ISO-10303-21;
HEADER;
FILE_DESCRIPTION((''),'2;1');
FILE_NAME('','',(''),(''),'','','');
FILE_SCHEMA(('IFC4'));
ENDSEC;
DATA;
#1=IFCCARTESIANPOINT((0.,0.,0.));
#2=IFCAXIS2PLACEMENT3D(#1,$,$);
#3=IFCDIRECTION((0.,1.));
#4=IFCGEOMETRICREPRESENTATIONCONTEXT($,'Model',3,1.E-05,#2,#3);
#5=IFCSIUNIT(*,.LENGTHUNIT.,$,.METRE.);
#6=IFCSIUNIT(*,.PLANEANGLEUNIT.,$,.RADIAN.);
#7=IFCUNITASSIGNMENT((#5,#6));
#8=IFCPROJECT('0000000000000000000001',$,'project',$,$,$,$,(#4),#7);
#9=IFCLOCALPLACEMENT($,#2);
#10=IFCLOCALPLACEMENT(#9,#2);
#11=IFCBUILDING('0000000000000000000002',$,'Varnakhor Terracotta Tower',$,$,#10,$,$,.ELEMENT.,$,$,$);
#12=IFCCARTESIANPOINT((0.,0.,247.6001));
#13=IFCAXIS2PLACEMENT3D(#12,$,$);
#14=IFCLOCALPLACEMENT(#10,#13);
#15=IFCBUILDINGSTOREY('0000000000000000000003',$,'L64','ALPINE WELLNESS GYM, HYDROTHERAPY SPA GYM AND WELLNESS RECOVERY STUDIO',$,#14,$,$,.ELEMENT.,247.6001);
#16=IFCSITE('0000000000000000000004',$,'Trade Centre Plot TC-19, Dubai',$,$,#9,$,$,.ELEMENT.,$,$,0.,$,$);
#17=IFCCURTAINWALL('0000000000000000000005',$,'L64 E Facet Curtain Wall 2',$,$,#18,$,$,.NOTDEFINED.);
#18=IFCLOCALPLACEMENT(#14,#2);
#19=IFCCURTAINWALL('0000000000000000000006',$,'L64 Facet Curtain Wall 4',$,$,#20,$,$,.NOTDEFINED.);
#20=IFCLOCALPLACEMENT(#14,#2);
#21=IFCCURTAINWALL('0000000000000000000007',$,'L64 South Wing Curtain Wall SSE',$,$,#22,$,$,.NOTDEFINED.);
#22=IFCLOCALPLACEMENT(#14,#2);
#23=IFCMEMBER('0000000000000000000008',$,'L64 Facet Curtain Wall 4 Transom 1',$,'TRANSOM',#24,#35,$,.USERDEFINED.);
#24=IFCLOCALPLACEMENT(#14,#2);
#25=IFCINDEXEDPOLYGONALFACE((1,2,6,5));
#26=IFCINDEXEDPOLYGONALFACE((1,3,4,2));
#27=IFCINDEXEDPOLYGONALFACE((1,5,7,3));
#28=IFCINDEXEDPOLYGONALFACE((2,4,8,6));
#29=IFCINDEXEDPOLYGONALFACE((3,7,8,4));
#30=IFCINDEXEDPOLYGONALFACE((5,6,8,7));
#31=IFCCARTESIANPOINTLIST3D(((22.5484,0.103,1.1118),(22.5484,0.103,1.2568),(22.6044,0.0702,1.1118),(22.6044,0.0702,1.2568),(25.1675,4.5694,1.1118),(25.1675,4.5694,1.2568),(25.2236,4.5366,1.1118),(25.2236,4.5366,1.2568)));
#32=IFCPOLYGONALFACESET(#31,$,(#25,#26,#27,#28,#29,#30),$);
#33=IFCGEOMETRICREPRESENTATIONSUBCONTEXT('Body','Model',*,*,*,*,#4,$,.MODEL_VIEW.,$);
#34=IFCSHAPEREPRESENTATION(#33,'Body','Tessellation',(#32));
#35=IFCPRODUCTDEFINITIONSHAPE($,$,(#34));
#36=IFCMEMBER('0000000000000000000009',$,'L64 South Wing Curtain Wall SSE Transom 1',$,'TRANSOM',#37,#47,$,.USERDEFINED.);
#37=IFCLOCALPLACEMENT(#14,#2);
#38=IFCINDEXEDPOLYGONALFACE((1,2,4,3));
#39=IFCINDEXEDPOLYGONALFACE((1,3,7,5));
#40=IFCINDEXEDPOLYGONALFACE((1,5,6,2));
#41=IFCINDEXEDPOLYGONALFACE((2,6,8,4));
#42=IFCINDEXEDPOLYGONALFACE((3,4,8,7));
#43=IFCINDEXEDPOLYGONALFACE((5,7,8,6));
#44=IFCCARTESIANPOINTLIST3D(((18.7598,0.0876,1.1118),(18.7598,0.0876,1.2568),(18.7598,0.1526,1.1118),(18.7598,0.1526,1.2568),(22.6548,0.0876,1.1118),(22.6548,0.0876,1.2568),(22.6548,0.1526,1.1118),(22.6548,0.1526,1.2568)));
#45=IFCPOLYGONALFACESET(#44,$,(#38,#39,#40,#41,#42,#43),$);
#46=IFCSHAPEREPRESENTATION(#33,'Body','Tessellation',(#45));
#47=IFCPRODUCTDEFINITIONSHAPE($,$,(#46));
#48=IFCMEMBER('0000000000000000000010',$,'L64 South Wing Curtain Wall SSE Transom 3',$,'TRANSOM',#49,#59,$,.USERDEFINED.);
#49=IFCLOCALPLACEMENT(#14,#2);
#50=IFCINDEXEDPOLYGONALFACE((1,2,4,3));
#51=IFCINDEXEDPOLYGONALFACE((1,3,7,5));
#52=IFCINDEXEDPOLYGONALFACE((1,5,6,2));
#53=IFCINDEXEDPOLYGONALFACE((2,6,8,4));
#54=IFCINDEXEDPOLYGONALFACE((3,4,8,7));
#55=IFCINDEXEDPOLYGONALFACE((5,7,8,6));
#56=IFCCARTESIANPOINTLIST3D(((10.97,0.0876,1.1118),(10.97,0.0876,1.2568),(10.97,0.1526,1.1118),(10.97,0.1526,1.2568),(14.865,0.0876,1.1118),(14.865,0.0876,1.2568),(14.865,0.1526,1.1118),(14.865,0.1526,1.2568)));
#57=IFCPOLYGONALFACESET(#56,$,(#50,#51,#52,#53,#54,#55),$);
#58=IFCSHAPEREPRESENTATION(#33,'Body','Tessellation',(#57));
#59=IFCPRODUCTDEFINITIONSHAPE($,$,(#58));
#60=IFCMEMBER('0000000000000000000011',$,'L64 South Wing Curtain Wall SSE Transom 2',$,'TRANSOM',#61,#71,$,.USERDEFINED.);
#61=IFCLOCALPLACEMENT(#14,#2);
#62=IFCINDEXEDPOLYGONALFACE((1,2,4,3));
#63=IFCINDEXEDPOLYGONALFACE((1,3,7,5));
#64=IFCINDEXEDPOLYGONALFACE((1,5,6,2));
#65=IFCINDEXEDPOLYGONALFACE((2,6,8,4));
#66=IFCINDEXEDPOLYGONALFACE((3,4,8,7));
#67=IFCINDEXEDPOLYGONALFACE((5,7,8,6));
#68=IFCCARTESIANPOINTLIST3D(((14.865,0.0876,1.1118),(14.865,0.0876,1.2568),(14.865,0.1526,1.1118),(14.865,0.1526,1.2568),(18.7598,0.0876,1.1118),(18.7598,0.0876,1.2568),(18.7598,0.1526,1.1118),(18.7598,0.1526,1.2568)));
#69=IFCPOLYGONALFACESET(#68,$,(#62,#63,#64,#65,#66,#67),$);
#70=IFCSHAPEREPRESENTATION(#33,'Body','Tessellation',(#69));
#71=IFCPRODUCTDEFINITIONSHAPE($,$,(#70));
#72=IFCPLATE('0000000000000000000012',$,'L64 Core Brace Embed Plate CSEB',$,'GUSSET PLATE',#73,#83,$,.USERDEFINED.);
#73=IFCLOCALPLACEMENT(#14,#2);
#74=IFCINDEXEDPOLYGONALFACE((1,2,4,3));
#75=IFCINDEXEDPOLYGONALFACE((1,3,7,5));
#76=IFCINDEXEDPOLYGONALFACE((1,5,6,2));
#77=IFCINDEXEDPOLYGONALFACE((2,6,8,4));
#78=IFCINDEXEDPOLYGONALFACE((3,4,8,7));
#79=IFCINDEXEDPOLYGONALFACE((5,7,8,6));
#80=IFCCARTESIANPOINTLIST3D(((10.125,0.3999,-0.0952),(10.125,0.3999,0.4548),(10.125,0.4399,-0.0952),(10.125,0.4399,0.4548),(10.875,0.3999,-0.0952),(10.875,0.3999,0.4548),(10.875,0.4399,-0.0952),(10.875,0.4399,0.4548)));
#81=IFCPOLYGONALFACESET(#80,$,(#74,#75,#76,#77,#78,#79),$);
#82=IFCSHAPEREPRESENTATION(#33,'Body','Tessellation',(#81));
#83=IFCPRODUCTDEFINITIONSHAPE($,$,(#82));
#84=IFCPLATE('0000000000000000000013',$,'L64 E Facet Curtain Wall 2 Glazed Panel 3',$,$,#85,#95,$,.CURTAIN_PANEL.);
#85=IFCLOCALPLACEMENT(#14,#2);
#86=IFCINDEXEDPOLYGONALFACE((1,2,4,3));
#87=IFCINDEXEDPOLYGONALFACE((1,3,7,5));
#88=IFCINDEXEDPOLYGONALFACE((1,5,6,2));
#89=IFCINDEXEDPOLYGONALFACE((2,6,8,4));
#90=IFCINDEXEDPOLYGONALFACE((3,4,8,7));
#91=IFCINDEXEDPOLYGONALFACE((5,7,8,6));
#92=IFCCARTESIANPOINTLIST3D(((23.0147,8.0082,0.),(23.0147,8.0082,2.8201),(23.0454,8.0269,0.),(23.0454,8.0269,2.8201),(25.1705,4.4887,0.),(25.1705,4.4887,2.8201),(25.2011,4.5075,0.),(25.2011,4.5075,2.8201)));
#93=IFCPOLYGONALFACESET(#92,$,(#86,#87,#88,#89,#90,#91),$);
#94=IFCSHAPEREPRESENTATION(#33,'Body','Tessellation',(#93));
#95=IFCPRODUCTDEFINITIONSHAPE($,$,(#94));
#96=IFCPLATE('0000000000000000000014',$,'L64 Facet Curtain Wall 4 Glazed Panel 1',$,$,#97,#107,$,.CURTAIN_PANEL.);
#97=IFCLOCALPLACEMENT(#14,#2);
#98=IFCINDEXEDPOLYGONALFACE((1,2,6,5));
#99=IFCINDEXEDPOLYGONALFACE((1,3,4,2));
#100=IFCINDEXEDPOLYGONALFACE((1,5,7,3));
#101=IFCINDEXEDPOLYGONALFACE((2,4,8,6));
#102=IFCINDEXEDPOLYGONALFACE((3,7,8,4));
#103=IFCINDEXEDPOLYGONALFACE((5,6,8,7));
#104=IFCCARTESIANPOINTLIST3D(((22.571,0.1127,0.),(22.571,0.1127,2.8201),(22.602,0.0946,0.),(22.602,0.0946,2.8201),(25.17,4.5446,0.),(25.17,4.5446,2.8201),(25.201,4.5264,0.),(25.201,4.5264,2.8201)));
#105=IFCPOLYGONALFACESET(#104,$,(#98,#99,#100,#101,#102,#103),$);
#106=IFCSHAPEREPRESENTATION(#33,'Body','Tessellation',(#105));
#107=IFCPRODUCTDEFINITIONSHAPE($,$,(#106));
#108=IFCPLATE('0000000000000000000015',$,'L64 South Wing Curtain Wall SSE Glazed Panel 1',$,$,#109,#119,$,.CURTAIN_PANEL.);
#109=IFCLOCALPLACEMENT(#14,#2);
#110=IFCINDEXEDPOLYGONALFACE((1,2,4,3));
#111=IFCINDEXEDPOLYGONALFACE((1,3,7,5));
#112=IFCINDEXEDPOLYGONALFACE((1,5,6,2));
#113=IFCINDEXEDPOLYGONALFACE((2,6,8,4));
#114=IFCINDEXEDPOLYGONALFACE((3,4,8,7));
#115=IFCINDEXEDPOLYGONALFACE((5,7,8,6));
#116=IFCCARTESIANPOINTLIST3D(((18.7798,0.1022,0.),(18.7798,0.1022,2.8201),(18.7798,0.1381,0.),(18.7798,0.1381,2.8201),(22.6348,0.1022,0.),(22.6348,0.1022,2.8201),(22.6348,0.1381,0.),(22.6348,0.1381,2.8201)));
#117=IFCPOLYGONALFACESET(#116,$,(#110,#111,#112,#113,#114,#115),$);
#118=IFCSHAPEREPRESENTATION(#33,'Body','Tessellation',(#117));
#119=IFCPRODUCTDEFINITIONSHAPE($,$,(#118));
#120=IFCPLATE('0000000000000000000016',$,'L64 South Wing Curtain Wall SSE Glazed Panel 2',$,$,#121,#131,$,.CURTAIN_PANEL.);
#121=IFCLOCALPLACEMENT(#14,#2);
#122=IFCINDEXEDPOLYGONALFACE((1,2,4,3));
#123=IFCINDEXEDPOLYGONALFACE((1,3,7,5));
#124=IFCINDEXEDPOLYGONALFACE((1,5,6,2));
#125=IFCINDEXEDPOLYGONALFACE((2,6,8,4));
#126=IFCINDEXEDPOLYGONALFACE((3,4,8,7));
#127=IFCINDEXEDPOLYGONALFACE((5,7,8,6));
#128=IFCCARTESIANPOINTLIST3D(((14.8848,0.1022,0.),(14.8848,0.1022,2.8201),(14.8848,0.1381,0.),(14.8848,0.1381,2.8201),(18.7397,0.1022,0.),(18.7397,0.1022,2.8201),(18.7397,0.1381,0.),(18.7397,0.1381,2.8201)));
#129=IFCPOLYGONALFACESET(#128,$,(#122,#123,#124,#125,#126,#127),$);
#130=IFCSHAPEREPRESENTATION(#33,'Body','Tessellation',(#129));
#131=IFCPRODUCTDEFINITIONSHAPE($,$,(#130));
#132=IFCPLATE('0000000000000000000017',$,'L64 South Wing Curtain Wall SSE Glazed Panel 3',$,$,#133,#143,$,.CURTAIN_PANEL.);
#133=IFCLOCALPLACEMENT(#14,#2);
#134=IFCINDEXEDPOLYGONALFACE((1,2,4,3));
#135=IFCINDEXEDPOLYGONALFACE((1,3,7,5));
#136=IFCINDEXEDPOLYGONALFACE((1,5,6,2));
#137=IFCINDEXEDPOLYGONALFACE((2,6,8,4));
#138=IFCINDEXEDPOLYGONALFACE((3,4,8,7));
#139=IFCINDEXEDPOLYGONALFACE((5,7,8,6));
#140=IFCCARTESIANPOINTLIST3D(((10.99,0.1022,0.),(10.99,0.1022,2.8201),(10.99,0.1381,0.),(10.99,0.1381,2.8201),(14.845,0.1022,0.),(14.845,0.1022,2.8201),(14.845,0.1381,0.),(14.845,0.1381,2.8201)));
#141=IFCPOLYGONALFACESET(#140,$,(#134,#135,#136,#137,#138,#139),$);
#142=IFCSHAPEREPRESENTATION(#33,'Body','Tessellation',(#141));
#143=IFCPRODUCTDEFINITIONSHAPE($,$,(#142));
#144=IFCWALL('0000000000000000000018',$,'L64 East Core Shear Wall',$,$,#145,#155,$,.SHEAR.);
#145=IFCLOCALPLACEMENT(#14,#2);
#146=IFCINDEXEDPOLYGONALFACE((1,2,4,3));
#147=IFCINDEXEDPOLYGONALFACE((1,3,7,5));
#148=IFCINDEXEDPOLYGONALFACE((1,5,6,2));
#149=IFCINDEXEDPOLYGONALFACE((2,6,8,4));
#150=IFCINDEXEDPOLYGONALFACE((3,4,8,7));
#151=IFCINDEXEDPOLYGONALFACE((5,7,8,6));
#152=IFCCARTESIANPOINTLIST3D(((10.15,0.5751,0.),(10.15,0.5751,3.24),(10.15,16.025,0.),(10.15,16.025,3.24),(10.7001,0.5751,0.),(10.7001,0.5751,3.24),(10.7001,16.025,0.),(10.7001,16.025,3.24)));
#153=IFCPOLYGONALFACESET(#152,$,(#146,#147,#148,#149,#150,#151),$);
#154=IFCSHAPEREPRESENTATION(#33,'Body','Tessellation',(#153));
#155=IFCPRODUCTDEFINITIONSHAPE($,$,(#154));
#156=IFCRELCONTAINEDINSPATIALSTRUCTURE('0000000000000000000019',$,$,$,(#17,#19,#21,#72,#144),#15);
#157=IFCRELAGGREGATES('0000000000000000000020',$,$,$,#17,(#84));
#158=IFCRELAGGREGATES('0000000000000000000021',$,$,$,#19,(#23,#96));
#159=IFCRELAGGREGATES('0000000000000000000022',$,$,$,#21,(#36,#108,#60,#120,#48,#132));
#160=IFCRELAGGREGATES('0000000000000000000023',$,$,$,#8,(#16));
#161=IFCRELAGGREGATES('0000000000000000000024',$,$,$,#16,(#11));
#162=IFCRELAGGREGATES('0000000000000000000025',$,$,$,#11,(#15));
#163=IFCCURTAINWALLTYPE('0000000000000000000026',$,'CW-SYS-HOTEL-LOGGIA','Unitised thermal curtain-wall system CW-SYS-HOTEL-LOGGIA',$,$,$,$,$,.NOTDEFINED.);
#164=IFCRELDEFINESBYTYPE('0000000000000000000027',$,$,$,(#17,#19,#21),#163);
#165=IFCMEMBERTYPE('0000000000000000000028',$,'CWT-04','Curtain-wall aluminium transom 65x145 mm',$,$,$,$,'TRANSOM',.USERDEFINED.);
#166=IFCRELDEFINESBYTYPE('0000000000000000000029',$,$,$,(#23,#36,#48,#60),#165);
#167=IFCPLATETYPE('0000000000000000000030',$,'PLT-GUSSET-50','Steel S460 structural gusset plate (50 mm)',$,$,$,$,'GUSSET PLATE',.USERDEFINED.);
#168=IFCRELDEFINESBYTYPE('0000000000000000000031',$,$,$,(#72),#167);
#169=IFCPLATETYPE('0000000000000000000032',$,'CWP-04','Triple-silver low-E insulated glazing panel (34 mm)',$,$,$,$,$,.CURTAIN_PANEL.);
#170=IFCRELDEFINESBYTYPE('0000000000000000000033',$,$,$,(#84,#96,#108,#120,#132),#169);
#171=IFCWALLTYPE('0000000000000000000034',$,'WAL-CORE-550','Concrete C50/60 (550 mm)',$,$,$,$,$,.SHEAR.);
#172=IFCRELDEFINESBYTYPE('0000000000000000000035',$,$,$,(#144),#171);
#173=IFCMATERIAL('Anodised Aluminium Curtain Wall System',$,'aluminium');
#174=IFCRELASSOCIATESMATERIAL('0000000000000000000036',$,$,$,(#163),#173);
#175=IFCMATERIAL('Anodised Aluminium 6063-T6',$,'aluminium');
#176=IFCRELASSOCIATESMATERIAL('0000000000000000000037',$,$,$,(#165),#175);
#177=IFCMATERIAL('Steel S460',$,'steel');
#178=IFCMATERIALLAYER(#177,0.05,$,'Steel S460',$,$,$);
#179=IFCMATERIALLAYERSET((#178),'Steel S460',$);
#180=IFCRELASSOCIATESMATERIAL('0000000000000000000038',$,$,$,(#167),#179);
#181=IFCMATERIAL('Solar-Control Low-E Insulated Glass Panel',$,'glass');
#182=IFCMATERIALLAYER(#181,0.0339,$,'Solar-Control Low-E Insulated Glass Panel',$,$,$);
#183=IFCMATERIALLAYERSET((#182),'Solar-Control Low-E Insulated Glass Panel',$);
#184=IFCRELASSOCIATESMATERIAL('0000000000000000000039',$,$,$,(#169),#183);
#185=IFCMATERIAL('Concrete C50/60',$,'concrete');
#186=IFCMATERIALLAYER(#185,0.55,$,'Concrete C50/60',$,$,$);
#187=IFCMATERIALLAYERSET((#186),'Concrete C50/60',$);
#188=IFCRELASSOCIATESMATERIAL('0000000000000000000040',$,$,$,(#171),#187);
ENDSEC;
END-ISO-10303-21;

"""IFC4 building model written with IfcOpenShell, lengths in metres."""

from ifc_helpers import new_model, si_unit, direction, frame, frame_2d, origin, origin_2d, place, context, subcontext, project, spatial, rectangle, extrude, source, transform, mapped, material, layer, layer_set, material_profile, profile_set, type_object, type_shapes, element, aggregate, save


model = new_model("IFC4")

# Units and contexts
model_context = context("Model", 3, precision=1e-05, world=origin(), true_north=direction((0.0, 1.0)))
body_context = subcontext(model_context, "Body", "Model", "MODEL_VIEW")
ifc_project = project(units=[si_unit("LENGTHUNIT", "METRE"), si_unit("PLANEANGLEUNIT", "RADIAN")], contexts=[model_context])

# Site, building, storey
site_placement = place(None, origin())
site = spatial("IfcSite", under=ifc_project, at=site_placement, Name="Trade Centre Plot TC-19, Dubai", CompositionType="ELEMENT", RefElevation=0.0)
building_placement = place(site_placement, origin())
building = spatial("IfcBuilding", under=site, at=building_placement, Name="Varnakhor Terracotta Tower", CompositionType="ELEMENT")
storey_placement = place(building_placement, frame((0.0, 0.0, 247.6001)))
storey = spatial("IfcBuildingStorey", under=building, at=storey_placement, Name="L64", Description="ALPINE WELLNESS GYM, HYDROTHERAPY SPA GYM AND WELLNESS RECOVERY STUDIO", CompositionType="ELEMENT", Elevation=247.6001)

# Shared definitions
ifc_material_1 = material(Name="Concrete C50/60", Category="concrete")
ifc_material_2 = material(Name="Steel S460", Category="steel")

# Curtain walls
ifc_material_3 = material(Name="Anodised Aluminium Curtain Wall System", Category="aluminium")
curtain_wall_type = type_object("IfcCurtainWallType", Name="CW-SYS-HOTEL-LOGGIA", Description="Unitised thermal curtain-wall system CW-SYS-HOTEL-LOGGIA", PredefinedType="NOTDEFINED", material=ifc_material_3)
curtain_wall_1_placement = place(storey_placement, origin())
curtain_wall_1 = element("IfcCurtainWall", 1, at=curtain_wall_1_placement, inside=storey, type_object=curtain_wall_type, Name="L64 E Facet Curtain Wall 2", PredefinedType="NOTDEFINED")
ifc_material_4 = material(Name="Anodised Aluminium 6063-T6", Category="aluminium")
curtain_wall_2_placement = place(storey_placement, origin())
curtain_wall_2 = element("IfcCurtainWall", 2, at=curtain_wall_2_placement, inside=storey, type_object=curtain_wall_type, Name="L64 Facet Curtain Wall 4", PredefinedType="NOTDEFINED")

# Curtain wall
curtain_wall_3_placement = place(storey_placement, origin())
curtain_wall_3 = element("IfcCurtainWall", 3, at=curtain_wall_3_placement, inside=storey, type_object=curtain_wall_type, Name="L64 South Wing Curtain Wall SSE", PredefinedType="NOTDEFINED")

# Members
ifc_material_profile_1 = material_profile(ifc_material_4, rectangle(XDim=0.0649, YDim=0.145, at=origin_2d()), Name="ALU TRANSOM 65x145")
ifc_profile_set_1 = profile_set([ifc_material_profile_1], Name="Anodised Aluminium 6063-T6")
member_type_1 = type_object("IfcMemberType", Name="CWT-04", Description="Curtain-wall aluminium transom 65x145 mm", ElementType="TRANSOM", PredefinedType="USERDEFINED", material=ifc_profile_set_1)
shared_shape_1 = source(origin(), body_context, "Body", "SweptSolid", [
    extrude(rectangle(XDim=0.0649, YDim=0.145, at=origin_2d()), origin(), (0.0, 0.0, 1.0), 5.1777),
])
member_1_placement = place(storey_placement, frame((25.1956, 4.553, 1.1843), z_axis=(-0.505857, -0.862617, 0.0), x_axis=(0.862617, -0.505857, 0.0)))
member_1 = element("IfcMember", 4, at=member_1_placement, type_object=member_type_1, Name="L64 Facet Curtain Wall 4 Transom 1", ObjectType="TRANSOM", PredefinedType="USERDEFINED", context=body_context, shape_type="MappedRepresentation", body=[
    mapped(shared_shape_1, transform((0.0, 0.0, 0.0), scale=1.0)),
])
shared_shape_2 = source(origin(), body_context, "Body", "SweptSolid", [
    extrude(rectangle(XDim=0.0649, YDim=0.145, at=origin_2d()), origin(), (0.0, 0.0, 1.0), 3.895),
])
member_2_placement = place(storey_placement, frame((22.6548, 0.1201, 1.1843), z_axis=(-1.0, 0.0, 0.0), x_axis=(0.0, -1.0, 0.0)))
member_2 = element("IfcMember", 5, at=member_2_placement, type_object=member_type_1, Name="L64 South Wing Curtain Wall SSE Transom 1", ObjectType="TRANSOM", PredefinedType="USERDEFINED", context=body_context, shape_type="MappedRepresentation", body=[
    mapped(shared_shape_2, transform((0.0, 0.0, 0.0), scale=1.0)),
])
member_3_placement = place(storey_placement, frame((14.865, 0.1201, 1.1843), z_axis=(-1.0, 0.0, 0.0), x_axis=(0.0, -1.0, 0.0)))
member_3 = element("IfcMember", 6, at=member_3_placement, type_object=member_type_1, Name="L64 South Wing Curtain Wall SSE Transom 3", ObjectType="TRANSOM", PredefinedType="USERDEFINED", context=body_context, shape_type="MappedRepresentation", body=[
    mapped(shared_shape_2, transform((0.0, 0.0, 0.0), scale=1.0)),
])
shared_shape_3 = source(origin(), body_context, "Body", "SweptSolid", [
    extrude(rectangle(XDim=0.0649, YDim=0.145, at=origin_2d()), origin(), (0.0, 0.0, 1.0), 3.8948),
])
member_4_placement = place(storey_placement, frame((18.7598, 0.1201, 1.1843), z_axis=(-1.0, 0.0, 0.0), x_axis=(0.0, -1.0, 0.0)))
member_4 = element("IfcMember", 7, at=member_4_placement, type_object=member_type_1, Name="L64 South Wing Curtain Wall SSE Transom 2", ObjectType="TRANSOM", PredefinedType="USERDEFINED", context=body_context, shape_type="MappedRepresentation", body=[
    mapped(shared_shape_3, transform((0.0, 0.0, 0.0), scale=1.0)),
])

# Plates
ifc_layer_1 = layer(ifc_material_2, 0.05, Name="Steel S460")
ifc_layer_set_1 = layer_set([ifc_layer_1], Name="Steel S460")
plate_type_1 = type_object("IfcPlateType", Name="PLT-GUSSET-50", Description="Steel S460 structural gusset plate (50 mm)", ElementType="GUSSET PLATE", PredefinedType="USERDEFINED", material=ifc_layer_set_1)
shared_shape_4 = source(origin(), body_context, "Body", "SweptSolid", [
    extrude(rectangle(XDim=0.75, YDim=0.04, at=origin_2d()), origin(), (0.0, 0.0, 1.0), 0.55),
])
type_shapes(plate_type_1, [shared_shape_4])
plate_1_placement = place(storey_placement, frame((10.5, 0.4199, -0.0952), z_axis=(0.0, 0.0, 1.0), x_axis=(1.0, 0.0, 0.0)))
element("IfcPlate", 8, at=plate_1_placement, inside=storey, type_object=plate_type_1, Name="L64 Core Brace Embed Plate CSEB", ObjectType="GUSSET PLATE", PredefinedType="USERDEFINED", context=body_context, shape_type="MappedRepresentation", body=[
    mapped(shared_shape_4, transform((0.0, 0.0, 0.0), scale=1.0)),
])
ifc_material_5 = material(Name="Solar-Control Low-E Insulated Glass Panel", Category="glass")
ifc_layer_2 = layer(ifc_material_5, 0.0339, Name="Solar-Control Low-E Insulated Glass Panel")
ifc_layer_set_2 = layer_set([ifc_layer_2], Name="Solar-Control Low-E Insulated Glass Panel")
plate_type_2 = type_object("IfcPlateType", Name="CWP-04", Description="Triple-silver low-E insulated glazing panel (34 mm)", PredefinedType="CURTAIN_PANEL", material=ifc_layer_set_2)
shared_shape_5 = source(origin(), body_context, "Body", "SweptSolid", [
    extrude(rectangle(XDim=4.1272, YDim=0.0359, at=origin_2d()), origin(), (0.0, 0.0, 1.0), 2.8201),
])
plate_2_placement = place(storey_placement, frame((24.1079, 6.2578, 0.0), z_axis=(0.0, 0.0, 1.0), x_axis=(0.52232, -0.85275, 0.0)))
plate_2 = element("IfcPlate", 9, at=plate_2_placement, type_object=plate_type_2, Name="L64 E Facet Curtain Wall 2 Glazed Panel 3", PredefinedType="CURTAIN_PANEL", context=body_context, shape_type="MappedRepresentation", body=[
    mapped(shared_shape_5, transform((0.0, 0.0, 0.0), scale=1.0)),
])
aggregate(curtain_wall_1, [plate_2])
shared_shape_6 = source(origin(), body_context, "Body", "SweptSolid", [
    extrude(rectangle(XDim=5.1377, YDim=0.0359, at=origin_2d()), origin(), (0.0, 0.0, 1.0), 2.8201),
])
plate_3_placement = place(storey_placement, frame((23.886, 2.3196, 0.0), z_axis=(0.0, 0.0, 1.0), x_axis=(-0.505868, -0.862611, 0.0)))
plate_3 = element("IfcPlate", 10, at=plate_3_placement, type_object=plate_type_2, Name="L64 Facet Curtain Wall 4 Glazed Panel 1", PredefinedType="CURTAIN_PANEL", context=body_context, shape_type="MappedRepresentation", body=[
    mapped(shared_shape_6, transform((0.0, 0.0, 0.0), scale=1.0)),
])
aggregate(curtain_wall_2, [member_1, plate_3])
shared_shape_7 = source(origin(), body_context, "Body", "SweptSolid", [
    extrude(rectangle(XDim=3.855, YDim=0.0359, at=origin_2d()), origin(), (0.0, 0.0, 1.0), 2.8201),
])
plate_4_placement = place(storey_placement, frame((20.7073, 0.1201, 0.0), z_axis=(0.0, 0.0, 1.0), x_axis=(-1.0, 0.0, 0.0)))
plate_4 = element("IfcPlate", 11, at=plate_4_placement, type_object=plate_type_2, Name="L64 South Wing Curtain Wall SSE Glazed Panel 1", PredefinedType="CURTAIN_PANEL", context=body_context, shape_type="MappedRepresentation", body=[
    mapped(shared_shape_7, transform((0.0, 0.0, 0.0), scale=1.0)),
])
plate_5_placement = place(storey_placement, frame((16.8123, 0.1201, 0.0), z_axis=(0.0, 0.0, 1.0), x_axis=(-1.0, 0.0, 0.0)))
plate_5 = element("IfcPlate", 12, at=plate_5_placement, type_object=plate_type_2, Name="L64 South Wing Curtain Wall SSE Glazed Panel 2", PredefinedType="CURTAIN_PANEL", context=body_context, shape_type="MappedRepresentation", body=[
    mapped(shared_shape_7, transform((0.0, 0.0, 0.0), scale=1.0)),
])
plate_6_placement = place(storey_placement, frame((12.9175, 0.1201, 0.0), z_axis=(0.0, 0.0, 1.0), x_axis=(-1.0, 0.0, 0.0)))
plate_6 = element("IfcPlate", 13, at=plate_6_placement, type_object=plate_type_2, Name="L64 South Wing Curtain Wall SSE Glazed Panel 3", PredefinedType="CURTAIN_PANEL", context=body_context, shape_type="MappedRepresentation", body=[
    mapped(shared_shape_7, transform((0.0, 0.0, 0.0), scale=1.0)),
])
aggregate(curtain_wall_3, [member_2, plate_4, member_4, plate_5, member_3, plate_6])

# Wall
ifc_layer_3 = layer(ifc_material_1, 0.55, Name="Concrete C50/60")
ifc_layer_set_3 = layer_set([ifc_layer_3], Name="Concrete C50/60")
wall_type = type_object("IfcWallType", Name="WAL-CORE-550", Description="Concrete C50/60 (550 mm)", PredefinedType="SHEAR", material=ifc_layer_set_3)
wall_placement = place(storey_placement, frame((10.425, 0.575, 0.0), z_axis=(0.0, 0.0, 1.0), x_axis=(0.0, 1.0, 0.0)))
element("IfcWall", 14, at=wall_placement, inside=storey, type_object=wall_type, Name="L64 East Core Shear Wall", PredefinedType="SHEAR", context=body_context, shape_type="SweptSolid", body=[
    extrude(rectangle(XDim=15.45, YDim=0.55, at=frame_2d((7.7251, 0.0))), origin(), (0.0, 0.0, 1.0), 3.24),
])

save(model, "model.ifc")
